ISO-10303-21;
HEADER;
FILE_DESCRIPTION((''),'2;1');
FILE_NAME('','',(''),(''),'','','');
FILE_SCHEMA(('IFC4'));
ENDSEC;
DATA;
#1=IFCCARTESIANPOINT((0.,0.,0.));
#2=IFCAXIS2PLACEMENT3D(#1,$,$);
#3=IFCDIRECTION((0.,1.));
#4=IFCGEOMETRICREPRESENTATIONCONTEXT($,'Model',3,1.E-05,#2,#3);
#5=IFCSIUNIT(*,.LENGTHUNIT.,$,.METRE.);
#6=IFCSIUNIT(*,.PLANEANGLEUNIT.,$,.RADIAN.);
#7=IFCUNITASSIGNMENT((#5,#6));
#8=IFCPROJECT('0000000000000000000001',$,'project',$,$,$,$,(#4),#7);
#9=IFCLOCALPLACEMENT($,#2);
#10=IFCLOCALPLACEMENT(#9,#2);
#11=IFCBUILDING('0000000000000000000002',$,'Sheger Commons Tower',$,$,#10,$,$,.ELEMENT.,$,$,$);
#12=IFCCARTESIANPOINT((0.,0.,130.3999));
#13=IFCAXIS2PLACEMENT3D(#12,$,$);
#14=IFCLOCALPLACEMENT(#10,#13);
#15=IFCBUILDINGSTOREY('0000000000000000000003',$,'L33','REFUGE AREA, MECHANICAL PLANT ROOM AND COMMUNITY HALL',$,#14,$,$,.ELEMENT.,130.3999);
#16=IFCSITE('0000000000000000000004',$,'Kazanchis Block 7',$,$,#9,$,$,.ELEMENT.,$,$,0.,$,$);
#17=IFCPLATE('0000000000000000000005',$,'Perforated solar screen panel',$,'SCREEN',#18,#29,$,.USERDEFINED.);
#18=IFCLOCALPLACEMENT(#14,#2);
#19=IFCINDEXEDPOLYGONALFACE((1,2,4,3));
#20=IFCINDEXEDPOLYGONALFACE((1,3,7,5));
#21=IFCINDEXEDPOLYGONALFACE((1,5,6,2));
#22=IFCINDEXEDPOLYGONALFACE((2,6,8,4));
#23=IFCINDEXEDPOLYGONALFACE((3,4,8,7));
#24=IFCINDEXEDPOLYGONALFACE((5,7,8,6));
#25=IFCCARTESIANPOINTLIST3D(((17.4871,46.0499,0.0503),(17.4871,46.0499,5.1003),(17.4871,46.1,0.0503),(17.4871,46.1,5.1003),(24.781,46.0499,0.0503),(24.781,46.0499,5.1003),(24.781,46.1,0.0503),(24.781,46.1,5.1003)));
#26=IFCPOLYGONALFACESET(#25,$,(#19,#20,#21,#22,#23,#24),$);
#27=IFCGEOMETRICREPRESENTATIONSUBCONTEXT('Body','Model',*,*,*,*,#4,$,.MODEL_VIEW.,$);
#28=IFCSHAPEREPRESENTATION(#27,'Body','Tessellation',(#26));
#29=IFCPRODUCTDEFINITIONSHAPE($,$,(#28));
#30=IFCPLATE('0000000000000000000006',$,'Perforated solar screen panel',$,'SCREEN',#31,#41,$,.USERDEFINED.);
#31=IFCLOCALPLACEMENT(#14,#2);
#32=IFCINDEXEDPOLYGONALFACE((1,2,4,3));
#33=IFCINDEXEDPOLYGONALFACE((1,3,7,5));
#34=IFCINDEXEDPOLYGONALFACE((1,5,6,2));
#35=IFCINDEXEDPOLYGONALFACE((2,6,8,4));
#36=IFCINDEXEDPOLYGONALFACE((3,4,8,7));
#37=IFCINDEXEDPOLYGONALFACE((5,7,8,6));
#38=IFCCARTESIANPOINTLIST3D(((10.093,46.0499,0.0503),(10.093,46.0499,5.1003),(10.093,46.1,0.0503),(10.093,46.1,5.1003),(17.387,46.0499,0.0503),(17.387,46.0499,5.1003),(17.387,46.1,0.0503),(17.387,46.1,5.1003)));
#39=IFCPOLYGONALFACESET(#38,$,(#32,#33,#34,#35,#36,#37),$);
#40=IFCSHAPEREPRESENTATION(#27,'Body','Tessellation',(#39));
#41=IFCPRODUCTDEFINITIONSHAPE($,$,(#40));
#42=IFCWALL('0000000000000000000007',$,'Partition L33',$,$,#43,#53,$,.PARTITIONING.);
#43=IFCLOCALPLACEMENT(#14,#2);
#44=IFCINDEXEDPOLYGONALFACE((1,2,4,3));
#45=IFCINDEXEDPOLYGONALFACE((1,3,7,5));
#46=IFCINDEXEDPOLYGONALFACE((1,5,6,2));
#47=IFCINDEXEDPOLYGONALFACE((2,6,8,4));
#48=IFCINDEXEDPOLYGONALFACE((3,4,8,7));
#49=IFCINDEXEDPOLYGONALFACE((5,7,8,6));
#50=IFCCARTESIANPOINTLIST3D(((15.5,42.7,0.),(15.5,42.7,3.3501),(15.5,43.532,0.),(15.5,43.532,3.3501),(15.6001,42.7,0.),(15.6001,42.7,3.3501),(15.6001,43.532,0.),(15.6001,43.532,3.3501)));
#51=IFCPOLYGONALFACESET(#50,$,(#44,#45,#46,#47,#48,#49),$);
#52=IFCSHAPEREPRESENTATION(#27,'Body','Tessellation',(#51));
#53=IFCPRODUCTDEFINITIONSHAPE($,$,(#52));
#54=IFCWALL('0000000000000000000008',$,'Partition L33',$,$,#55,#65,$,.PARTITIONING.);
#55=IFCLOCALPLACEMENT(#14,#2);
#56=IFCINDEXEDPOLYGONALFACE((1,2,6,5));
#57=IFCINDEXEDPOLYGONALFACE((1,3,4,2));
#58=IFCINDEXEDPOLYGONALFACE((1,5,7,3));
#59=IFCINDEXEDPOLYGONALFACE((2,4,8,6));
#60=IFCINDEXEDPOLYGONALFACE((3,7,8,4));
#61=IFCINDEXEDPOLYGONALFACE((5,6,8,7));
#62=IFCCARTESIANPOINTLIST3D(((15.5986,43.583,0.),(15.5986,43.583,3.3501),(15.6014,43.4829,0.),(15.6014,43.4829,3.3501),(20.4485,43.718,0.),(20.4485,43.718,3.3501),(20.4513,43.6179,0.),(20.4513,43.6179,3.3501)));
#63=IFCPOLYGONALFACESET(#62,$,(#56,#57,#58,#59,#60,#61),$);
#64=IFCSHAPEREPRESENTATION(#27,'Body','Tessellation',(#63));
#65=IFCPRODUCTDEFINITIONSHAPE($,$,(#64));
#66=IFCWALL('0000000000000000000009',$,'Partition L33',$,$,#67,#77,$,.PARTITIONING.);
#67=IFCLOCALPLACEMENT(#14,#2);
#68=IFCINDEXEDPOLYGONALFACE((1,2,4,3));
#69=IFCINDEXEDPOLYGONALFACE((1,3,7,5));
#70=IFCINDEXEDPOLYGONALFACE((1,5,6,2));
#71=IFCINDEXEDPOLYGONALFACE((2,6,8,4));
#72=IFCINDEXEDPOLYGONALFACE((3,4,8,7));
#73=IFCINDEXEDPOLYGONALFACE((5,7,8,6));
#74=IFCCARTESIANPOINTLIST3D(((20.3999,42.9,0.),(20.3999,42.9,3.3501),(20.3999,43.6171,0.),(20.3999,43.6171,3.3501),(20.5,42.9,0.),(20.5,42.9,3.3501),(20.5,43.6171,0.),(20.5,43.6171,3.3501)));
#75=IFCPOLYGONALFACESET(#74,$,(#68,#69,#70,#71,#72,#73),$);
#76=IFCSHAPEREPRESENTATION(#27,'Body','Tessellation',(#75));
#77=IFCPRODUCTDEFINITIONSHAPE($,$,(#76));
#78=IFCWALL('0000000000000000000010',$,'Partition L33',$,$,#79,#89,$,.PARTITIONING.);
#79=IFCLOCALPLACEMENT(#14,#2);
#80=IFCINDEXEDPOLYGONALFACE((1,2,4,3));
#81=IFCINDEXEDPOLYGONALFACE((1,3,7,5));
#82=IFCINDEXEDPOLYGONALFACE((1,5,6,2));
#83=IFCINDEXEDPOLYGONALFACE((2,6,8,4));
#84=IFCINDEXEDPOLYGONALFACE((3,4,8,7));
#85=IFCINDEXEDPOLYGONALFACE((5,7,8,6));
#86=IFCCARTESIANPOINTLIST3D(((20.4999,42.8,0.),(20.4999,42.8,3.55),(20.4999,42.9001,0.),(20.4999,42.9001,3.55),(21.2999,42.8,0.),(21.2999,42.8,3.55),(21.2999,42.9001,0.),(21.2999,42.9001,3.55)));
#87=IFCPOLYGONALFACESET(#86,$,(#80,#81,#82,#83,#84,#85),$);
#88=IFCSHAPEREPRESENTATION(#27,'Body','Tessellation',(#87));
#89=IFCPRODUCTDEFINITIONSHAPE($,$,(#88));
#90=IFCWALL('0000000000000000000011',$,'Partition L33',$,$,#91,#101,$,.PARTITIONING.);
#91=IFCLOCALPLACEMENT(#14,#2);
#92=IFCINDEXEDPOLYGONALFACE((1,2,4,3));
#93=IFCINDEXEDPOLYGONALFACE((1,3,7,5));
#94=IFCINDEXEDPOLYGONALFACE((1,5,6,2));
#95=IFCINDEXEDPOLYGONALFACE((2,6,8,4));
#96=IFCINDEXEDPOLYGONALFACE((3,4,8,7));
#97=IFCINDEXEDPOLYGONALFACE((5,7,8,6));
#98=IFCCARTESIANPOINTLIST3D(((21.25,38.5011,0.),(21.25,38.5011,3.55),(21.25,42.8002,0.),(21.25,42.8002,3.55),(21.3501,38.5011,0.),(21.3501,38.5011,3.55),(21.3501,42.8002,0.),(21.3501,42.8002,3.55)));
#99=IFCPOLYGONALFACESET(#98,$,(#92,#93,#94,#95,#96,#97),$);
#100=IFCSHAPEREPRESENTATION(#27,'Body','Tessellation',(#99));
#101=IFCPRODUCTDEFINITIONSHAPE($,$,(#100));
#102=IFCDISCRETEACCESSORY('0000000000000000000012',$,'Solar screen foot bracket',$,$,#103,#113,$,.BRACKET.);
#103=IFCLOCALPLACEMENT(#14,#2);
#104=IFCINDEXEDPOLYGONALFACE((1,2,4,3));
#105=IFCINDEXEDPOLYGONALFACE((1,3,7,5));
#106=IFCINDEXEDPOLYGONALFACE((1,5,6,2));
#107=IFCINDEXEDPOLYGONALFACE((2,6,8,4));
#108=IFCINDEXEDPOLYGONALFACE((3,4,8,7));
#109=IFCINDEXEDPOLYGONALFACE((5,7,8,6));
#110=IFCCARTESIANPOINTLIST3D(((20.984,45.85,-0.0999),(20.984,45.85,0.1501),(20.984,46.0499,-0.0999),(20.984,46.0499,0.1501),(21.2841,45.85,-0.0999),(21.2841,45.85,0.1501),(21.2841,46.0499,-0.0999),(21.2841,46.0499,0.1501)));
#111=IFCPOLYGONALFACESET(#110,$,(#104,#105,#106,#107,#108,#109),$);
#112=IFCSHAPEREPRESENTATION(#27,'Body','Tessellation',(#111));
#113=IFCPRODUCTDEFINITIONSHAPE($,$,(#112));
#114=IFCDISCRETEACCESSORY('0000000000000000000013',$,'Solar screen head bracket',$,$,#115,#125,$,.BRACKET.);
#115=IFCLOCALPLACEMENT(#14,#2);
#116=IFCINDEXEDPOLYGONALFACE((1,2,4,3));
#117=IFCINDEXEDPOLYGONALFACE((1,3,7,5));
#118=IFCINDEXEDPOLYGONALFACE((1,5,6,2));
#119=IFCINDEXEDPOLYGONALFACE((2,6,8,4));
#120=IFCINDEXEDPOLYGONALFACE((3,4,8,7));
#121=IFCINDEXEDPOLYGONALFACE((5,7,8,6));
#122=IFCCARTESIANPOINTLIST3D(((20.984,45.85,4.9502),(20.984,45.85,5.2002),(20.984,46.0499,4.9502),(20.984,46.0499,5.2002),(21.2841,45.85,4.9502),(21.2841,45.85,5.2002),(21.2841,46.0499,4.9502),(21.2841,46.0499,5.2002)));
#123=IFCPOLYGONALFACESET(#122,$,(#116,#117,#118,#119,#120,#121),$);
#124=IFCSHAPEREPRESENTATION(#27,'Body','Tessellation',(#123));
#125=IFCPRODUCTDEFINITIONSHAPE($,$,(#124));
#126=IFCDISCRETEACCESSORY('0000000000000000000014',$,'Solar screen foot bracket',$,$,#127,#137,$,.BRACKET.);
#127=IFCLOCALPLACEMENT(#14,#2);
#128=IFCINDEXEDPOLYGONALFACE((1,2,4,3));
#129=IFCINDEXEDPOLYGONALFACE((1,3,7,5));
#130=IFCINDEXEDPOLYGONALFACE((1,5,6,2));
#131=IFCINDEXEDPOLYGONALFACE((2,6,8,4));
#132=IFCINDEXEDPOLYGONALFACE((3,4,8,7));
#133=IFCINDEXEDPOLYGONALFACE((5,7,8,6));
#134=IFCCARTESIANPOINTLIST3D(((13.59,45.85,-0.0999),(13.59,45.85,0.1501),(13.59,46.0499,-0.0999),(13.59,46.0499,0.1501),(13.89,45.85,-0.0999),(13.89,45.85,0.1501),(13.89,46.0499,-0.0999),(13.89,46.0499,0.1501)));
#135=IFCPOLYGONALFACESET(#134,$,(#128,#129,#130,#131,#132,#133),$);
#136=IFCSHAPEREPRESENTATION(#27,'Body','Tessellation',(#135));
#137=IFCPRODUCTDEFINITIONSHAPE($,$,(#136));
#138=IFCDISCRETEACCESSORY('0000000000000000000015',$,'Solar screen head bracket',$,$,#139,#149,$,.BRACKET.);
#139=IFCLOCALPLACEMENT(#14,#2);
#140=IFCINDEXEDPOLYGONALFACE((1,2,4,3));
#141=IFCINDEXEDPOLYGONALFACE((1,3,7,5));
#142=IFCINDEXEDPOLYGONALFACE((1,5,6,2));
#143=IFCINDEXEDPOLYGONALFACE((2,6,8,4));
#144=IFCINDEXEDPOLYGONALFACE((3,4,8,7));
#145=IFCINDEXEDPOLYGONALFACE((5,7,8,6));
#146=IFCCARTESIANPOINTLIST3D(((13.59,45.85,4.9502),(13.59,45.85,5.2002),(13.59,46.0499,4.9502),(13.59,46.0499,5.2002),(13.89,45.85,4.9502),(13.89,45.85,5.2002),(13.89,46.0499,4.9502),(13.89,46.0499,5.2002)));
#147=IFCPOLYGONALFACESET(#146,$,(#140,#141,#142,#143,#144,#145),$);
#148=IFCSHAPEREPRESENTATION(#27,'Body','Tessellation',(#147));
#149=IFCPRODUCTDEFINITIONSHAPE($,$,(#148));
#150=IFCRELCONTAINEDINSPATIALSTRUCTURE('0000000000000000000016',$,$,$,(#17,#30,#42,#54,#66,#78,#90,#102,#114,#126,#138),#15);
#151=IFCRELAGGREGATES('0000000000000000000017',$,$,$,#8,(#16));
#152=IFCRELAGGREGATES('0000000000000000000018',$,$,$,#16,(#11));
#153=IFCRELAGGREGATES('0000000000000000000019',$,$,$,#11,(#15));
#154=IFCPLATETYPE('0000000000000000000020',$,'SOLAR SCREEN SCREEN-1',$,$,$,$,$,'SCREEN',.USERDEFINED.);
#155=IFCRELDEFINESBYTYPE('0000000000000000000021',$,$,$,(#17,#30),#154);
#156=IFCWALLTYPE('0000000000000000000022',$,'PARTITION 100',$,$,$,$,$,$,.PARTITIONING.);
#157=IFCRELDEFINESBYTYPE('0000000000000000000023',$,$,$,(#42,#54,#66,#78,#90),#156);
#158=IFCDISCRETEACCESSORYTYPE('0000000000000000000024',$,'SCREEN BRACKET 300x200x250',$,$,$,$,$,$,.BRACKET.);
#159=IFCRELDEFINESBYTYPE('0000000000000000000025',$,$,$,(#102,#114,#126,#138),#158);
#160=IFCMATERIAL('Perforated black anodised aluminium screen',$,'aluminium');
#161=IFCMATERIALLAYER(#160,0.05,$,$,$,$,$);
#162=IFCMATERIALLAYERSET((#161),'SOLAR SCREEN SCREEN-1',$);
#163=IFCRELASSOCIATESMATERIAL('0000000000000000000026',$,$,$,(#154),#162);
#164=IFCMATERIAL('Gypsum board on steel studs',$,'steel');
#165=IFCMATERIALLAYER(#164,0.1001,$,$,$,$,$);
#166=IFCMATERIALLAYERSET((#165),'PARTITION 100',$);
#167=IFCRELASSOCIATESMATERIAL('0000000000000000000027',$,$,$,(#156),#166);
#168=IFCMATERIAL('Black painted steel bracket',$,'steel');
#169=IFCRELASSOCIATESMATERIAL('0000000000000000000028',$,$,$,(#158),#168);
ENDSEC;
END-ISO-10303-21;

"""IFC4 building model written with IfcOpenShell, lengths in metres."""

from ifc_helpers import new_model, si_unit, direction, frame, frame_2d, origin, origin_2d, place, context, subcontext, project, spatial, rectangle, extrude, material, layer, layer_set, type_object, element, save


model = new_model("IFC4")

# Units and contexts
model_context = context("Model", 3, precision=1e-05, world=origin(), true_north=direction((0.0, 1.0)))
body_context = subcontext(model_context, "Body", "Model", "MODEL_VIEW")
ifc_project = project(units=[si_unit("LENGTHUNIT", "METRE"), si_unit("PLANEANGLEUNIT", "RADIAN")], contexts=[model_context])

# Site, building, storey
site_placement = place(None, origin())
site = spatial("IfcSite", under=ifc_project, at=site_placement, Name="Kazanchis Block 7", CompositionType="ELEMENT", RefElevation=0.0)
building_placement = place(site_placement, origin())
building = spatial("IfcBuilding", under=site, at=building_placement, Name="Sheger Commons Tower", CompositionType="ELEMENT")
storey_placement = place(building_placement, frame((0.0, 0.0, 130.3999)))
storey = spatial("IfcBuildingStorey", under=building, at=storey_placement, Name="L33", Description="REFUGE AREA, MECHANICAL PLANT ROOM AND COMMUNITY HALL", CompositionType="ELEMENT", Elevation=130.3999)

# Plates
ifc_material_1 = material(Name="Perforated black anodised aluminium screen", Category="aluminium")
ifc_layer_1 = layer(ifc_material_1, 0.05)
ifc_layer_set_1 = layer_set([ifc_layer_1], Name="SOLAR SCREEN SCREEN-1")
plate_type = type_object("IfcPlateType", Name="SOLAR SCREEN SCREEN-1", ElementType="SCREEN", PredefinedType="USERDEFINED", material=ifc_layer_set_1)
for number, where, z_axis, x_axis, name in (
    (1, (21.134, 46.075, 0.0503), (0.0, 0.0, 1.0), (-1.0, 0.0, 0.0), "Perforated solar screen panel"),
    (2, (13.74, 46.075, 0.0503), (0.0, 0.0, 1.0), (-1.0, 0.0, 0.0), "Perforated solar screen panel"),
):
    element("IfcPlate", number, at=place(storey_placement, frame(where, z_axis=z_axis, x_axis=x_axis)), inside=storey, type_object=plate_type, Name=name, ObjectType="SCREEN", PredefinedType="USERDEFINED", context=body_context, shape_type="SweptSolid", body=[
        extrude(rectangle(XDim=7.2939, YDim=0.05, at=origin_2d()), origin(), (0.0, 0.0, 1.0), 5.05),
    ])

# Walls
ifc_material_2 = material(Name="Gypsum board on steel studs", Category="steel")
ifc_layer_2 = layer(ifc_material_2, 0.1001)
ifc_layer_set_2 = layer_set([ifc_layer_2], Name="PARTITION 100")
wall_type = type_object("IfcWallType", Name="PARTITION 100", PredefinedType="PARTITIONING", material=ifc_layer_set_2)
wall_1_placement = place(storey_placement, frame((15.55, 42.7, 0.0), z_axis=(0.0, 0.0, 1.0), x_axis=(0.0, 1.0, 0.0)))
element("IfcWall", 3, at=wall_1_placement, inside=storey, type_object=wall_type, Name="Partition L33", PredefinedType="PARTITIONING", context=body_context, shape_type="SweptSolid", body=[
    extrude(rectangle(XDim=0.832, YDim=0.1001, at=frame_2d((0.416, 0.0))), origin(), (0.0, 0.0, 1.0), 3.3501),
])
wall_2_placement = place(storey_placement, frame((15.6001, 43.533, 0.0), z_axis=(0.0, 0.0, 1.0), x_axis=(0.999613, 0.027827, 0.0)))
element("IfcWall", 4, at=wall_2_placement, inside=storey, type_object=wall_type, Name="Partition L33", PredefinedType="PARTITIONING", context=body_context, shape_type="SweptSolid", body=[
    extrude(rectangle(XDim=4.8518, YDim=0.1001, at=frame_2d((2.4258, 0.0))), origin(), (0.0, 0.0, 1.0), 3.3501),
])
wall_3_placement = place(storey_placement, frame((20.45, 43.6169, 0.0), z_axis=(0.0, 0.0, 1.0), x_axis=(0.0, -1.0, 0.0)))
element("IfcWall", 5, at=wall_3_placement, inside=storey, type_object=wall_type, Name="Partition L33", PredefinedType="PARTITIONING", context=body_context, shape_type="SweptSolid", body=[
    extrude(rectangle(XDim=0.717, YDim=0.1001, at=frame_2d((0.3584, 0.0))), origin(), (0.0, 0.0, 1.0), 3.3501),
])
wall_4_placement = place(storey_placement, frame((20.5, 42.8501, 0.0), z_axis=(0.0, 0.0, 1.0), x_axis=(1.0, 0.0, 0.0)))
element("IfcWall", 6, at=wall_4_placement, inside=storey, type_object=wall_type, Name="Partition L33", PredefinedType="PARTITIONING", context=body_context, shape_type="SweptSolid", body=[
    extrude(rectangle(XDim=0.8, YDim=0.1001, at=frame_2d((0.3999, 0.0))), origin(), (0.0, 0.0, 1.0), 3.55),
])
wall_5_placement = place(storey_placement, frame((21.3, 42.8, 0.0), z_axis=(0.0, 0.0, 1.0), x_axis=(0.0, -1.0, 0.0)))
element("IfcWall", 7, at=wall_5_placement, inside=storey, type_object=wall_type, Name="Partition L33", PredefinedType="PARTITIONING", context=body_context, shape_type="SweptSolid", body=[
    extrude(rectangle(XDim=4.2991, YDim=0.1001, at=frame_2d((2.1494, 0.0))), origin(), (0.0, 0.0, 1.0), 3.55),
])

# Discrete accessories
ifc_material_3 = material(Name="Black painted steel bracket", Category="steel")
discrete_accessory_type = type_object("IfcDiscreteAccessoryType", Name="SCREEN BRACKET 300x200x250", PredefinedType="BRACKET", material=ifc_material_3)
for number, where, z_axis, x_axis, name in (
    (8, (21.134, 45.95, -0.0999), (0.0, 0.0, 1.0), (-1.0, 0.0, 0.0), "Solar screen foot bracket"),
    (9, (21.134, 45.95, 4.9502), (0.0, 0.0, 1.0), (-1.0, 0.0, 0.0), "Solar screen head bracket"),
    (10, (13.74, 45.95, -0.0999), (0.0, 0.0, 1.0), (-1.0, 0.0, 0.0), "Solar screen foot bracket"),
    (11, (13.74, 45.95, 4.9502), (0.0, 0.0, 1.0), (-1.0, 0.0, 0.0), "Solar screen head bracket"),
):
    element("IfcDiscreteAccessory", number, at=place(storey_placement, frame(where, z_axis=z_axis, x_axis=x_axis)), inside=storey, type_object=discrete_accessory_type, Name=name, PredefinedType="BRACKET", context=body_context, shape_type="SweptSolid", body=[
        extrude(rectangle(XDim=0.3, YDim=0.2, at=origin_2d()), origin(), (0.0, 0.0, 1.0), 0.25),
    ])

save(model, "model.ifc")
